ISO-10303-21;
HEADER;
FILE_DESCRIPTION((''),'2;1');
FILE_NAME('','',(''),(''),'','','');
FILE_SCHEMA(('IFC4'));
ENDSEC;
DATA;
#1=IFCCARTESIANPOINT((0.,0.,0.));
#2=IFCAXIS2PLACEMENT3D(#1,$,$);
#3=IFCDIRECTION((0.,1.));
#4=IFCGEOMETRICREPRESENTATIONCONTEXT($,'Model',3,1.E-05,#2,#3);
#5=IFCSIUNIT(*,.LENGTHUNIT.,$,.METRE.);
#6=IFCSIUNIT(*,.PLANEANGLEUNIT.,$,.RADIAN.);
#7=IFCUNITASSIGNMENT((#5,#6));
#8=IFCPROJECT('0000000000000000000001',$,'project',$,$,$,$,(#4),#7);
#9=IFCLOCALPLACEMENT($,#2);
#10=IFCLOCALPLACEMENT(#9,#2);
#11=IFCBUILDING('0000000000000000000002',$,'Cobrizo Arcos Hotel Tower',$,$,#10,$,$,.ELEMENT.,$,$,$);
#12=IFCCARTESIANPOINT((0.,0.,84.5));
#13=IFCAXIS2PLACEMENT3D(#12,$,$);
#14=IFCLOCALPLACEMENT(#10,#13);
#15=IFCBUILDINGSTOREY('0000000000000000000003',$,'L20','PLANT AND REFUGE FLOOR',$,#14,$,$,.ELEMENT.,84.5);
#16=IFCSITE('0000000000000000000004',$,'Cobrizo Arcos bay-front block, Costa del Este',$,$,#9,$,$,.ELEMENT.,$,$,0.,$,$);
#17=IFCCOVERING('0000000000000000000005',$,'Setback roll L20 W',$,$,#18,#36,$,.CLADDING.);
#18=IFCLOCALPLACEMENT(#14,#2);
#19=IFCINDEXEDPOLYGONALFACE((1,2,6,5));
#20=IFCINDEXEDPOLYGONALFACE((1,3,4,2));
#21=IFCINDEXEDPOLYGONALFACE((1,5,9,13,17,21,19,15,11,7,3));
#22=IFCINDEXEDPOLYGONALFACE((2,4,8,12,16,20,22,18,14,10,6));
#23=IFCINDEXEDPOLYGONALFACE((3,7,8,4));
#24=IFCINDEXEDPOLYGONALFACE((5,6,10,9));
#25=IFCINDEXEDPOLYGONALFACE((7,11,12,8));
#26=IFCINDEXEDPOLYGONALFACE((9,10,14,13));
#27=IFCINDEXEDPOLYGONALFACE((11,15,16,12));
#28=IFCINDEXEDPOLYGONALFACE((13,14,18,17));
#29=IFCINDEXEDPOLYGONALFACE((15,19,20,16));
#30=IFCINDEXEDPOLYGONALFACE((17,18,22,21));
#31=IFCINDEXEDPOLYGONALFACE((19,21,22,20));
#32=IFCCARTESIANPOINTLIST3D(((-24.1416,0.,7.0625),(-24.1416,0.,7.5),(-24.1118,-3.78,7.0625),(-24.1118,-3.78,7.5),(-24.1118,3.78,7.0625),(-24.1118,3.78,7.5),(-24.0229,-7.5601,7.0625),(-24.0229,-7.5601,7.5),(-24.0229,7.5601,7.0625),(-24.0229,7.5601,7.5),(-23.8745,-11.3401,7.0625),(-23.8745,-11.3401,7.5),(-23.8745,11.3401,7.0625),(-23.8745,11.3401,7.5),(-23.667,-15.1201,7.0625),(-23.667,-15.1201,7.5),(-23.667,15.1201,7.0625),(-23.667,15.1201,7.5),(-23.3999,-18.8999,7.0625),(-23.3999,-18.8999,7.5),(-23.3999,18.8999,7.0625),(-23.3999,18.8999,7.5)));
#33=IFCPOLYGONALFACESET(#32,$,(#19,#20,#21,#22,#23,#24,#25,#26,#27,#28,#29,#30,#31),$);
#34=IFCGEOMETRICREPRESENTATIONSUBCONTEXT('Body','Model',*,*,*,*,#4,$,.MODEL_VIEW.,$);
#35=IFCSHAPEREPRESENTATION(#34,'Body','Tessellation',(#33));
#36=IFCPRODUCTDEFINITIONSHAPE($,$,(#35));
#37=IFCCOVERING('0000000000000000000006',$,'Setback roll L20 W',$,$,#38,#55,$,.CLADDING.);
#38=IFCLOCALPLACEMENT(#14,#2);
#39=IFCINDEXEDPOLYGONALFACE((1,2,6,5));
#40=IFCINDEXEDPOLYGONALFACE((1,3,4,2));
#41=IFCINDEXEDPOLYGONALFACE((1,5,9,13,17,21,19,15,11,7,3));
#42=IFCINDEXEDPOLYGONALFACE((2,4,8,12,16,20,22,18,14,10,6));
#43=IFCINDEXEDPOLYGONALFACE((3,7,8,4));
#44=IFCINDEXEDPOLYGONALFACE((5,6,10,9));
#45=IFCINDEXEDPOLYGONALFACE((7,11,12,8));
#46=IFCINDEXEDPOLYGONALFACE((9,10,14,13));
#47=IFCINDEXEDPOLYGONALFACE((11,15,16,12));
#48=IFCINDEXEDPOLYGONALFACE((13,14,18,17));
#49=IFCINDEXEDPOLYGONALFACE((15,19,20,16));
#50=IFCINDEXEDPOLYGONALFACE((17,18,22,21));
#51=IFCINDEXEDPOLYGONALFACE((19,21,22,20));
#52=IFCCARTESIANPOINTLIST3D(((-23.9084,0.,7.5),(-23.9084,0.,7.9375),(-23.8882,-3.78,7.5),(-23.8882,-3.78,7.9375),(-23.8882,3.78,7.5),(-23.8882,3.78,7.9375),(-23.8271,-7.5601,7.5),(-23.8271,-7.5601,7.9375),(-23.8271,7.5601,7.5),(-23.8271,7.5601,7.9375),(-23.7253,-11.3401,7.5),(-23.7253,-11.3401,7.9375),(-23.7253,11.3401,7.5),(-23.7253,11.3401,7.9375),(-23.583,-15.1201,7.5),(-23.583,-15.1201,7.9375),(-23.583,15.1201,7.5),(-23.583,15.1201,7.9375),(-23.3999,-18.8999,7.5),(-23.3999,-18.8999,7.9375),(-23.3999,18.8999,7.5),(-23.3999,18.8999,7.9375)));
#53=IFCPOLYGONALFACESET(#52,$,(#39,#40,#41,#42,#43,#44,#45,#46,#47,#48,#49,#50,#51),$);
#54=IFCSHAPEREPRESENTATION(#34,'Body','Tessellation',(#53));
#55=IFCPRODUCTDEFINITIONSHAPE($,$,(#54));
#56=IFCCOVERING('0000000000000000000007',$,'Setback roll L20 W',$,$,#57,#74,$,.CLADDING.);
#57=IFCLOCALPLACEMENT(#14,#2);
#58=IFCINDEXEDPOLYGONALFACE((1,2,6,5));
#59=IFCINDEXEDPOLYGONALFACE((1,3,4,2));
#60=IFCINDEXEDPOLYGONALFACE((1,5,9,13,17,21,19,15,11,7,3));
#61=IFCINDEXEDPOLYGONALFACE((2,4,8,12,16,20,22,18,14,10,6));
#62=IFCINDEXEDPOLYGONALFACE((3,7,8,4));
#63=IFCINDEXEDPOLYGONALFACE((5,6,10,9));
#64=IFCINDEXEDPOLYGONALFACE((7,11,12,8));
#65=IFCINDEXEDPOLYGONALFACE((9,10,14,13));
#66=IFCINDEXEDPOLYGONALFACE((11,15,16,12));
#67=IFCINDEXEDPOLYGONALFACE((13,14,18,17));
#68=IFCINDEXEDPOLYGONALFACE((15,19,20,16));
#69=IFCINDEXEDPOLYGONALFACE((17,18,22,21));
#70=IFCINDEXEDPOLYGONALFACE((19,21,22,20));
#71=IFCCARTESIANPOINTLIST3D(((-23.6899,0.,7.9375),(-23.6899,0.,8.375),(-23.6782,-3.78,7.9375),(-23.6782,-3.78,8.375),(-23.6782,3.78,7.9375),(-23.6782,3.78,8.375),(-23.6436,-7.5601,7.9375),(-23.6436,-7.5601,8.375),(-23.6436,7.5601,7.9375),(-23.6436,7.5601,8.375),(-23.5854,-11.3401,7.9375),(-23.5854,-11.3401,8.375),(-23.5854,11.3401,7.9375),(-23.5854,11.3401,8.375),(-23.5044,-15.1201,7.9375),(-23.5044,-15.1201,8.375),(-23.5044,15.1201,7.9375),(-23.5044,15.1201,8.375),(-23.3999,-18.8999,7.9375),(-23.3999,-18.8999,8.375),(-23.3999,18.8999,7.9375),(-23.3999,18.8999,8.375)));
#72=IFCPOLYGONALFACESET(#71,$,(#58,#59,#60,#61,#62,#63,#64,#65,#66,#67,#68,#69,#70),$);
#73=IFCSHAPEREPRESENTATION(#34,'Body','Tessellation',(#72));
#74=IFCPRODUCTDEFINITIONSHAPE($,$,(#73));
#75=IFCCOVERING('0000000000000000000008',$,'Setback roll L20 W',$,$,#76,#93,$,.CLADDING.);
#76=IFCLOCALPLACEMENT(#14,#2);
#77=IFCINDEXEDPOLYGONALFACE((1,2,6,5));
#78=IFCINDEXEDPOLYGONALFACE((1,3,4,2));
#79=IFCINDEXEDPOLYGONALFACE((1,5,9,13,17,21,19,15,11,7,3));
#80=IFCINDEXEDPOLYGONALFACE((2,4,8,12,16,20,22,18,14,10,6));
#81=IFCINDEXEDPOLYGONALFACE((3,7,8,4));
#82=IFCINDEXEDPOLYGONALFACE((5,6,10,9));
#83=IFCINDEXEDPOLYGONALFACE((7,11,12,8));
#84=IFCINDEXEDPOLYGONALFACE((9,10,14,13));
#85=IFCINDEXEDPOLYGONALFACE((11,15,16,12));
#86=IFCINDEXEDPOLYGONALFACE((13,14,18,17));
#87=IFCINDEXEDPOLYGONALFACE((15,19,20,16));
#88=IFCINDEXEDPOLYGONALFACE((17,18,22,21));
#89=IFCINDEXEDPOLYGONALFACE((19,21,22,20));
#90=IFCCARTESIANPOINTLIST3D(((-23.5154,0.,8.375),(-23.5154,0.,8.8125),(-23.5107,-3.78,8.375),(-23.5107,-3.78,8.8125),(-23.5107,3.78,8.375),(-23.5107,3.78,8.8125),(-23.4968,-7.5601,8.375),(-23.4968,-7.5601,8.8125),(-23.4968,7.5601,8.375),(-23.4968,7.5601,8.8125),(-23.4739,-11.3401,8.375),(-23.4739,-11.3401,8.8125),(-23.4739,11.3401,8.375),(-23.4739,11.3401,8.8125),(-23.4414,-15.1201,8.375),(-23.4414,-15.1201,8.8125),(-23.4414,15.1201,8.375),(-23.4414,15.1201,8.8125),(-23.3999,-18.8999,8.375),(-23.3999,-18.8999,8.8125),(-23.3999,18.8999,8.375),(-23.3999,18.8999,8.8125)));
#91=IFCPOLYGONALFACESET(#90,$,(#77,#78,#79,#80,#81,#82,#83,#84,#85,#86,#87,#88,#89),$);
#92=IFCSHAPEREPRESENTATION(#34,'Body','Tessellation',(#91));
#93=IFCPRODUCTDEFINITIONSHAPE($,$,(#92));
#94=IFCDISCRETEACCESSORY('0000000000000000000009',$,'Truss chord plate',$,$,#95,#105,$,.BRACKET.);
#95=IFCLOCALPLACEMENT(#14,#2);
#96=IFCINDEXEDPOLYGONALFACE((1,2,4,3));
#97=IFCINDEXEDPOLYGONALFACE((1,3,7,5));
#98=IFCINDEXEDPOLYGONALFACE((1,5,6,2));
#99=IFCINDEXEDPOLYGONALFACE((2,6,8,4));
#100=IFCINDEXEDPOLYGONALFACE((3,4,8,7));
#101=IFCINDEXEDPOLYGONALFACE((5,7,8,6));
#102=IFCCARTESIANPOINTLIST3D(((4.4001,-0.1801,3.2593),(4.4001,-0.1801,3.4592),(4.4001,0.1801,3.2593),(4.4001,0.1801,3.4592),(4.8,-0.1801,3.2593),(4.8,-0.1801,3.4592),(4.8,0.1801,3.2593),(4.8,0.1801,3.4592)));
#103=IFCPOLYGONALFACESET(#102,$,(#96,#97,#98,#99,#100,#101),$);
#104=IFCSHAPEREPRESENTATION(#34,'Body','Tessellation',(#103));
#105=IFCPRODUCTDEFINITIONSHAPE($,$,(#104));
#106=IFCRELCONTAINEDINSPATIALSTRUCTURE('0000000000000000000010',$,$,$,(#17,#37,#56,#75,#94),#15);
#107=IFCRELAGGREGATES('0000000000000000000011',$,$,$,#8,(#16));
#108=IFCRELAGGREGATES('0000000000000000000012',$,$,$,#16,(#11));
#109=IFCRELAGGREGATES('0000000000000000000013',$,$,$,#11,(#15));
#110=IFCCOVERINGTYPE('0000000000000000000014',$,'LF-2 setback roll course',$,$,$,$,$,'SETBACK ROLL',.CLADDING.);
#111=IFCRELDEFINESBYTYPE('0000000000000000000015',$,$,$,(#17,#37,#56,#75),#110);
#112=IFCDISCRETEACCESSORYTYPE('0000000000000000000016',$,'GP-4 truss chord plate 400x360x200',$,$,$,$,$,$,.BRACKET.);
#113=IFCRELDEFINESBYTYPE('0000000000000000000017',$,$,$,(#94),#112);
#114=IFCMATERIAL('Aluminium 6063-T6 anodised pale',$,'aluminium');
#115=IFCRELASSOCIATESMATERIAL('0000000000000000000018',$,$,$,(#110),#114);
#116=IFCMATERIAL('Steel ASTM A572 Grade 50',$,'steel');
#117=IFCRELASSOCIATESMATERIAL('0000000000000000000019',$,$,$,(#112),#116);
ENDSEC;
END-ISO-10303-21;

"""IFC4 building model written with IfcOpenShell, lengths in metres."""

from ifc_helpers import new_model, si_unit, direction, frame, origin, origin_2d, place, context, subcontext, project, spatial, polyline, rectangle, outline, extrude, material, type_object, element, save


model = new_model("IFC4")

# Units and contexts
model_context = context("Model", 3, precision=1e-05, world=origin(), true_north=direction((0.0, 1.0)))
body_context = subcontext(model_context, "Body", "Model", "MODEL_VIEW")
ifc_project = project(units=[si_unit("LENGTHUNIT", "METRE"), si_unit("PLANEANGLEUNIT", "RADIAN")], contexts=[model_context])

# Site, building, storey
site_placement = place(None, origin())
site = spatial("IfcSite", under=ifc_project, at=site_placement, Name="Cobrizo Arcos bay-front block, Costa del Este", CompositionType="ELEMENT", RefElevation=0.0)
building_placement = place(site_placement, origin())
building = spatial("IfcBuilding", under=site, at=building_placement, Name="Cobrizo Arcos Hotel Tower", CompositionType="ELEMENT")
storey_placement = place(building_placement, frame((0.0, 0.0, 84.5)))
storey = spatial("IfcBuildingStorey", under=building, at=storey_placement, Name="L20", Description="PLANT AND REFUGE FLOOR", CompositionType="ELEMENT", Elevation=84.5)

# Coverings
ifc_material_1 = material(Name="Aluminium 6063-T6 anodised pale", Category="aluminium")
covering_type = type_object("IfcCoveringType", Name="LF-2 setback roll course", ElementType="SETBACK ROLL", PredefinedType="CLADDING", material=ifc_material_1)
covering_1_placement = place(storey_placement, frame((0.0, 0.0, 7.0625)))
element("IfcCovering", 1, at=covering_1_placement, inside=storey, type_object=covering_type, Name="Setback roll L20 W", PredefinedType="CLADDING", context=body_context, shape_type="SweptSolid", body=[
    extrude(outline(polyline([(-23.3999, 18.8999), (-23.667, 15.1201), (-23.8745, 11.3401), (-24.0229, 7.5601), (-24.1118, 3.78), (-24.1416, 0.0), (-24.1118, -3.78), (-24.0229, -7.5601), (-23.8745, -11.3401), (-23.667, -15.1201), (-23.3999, -18.8999), (-23.3999, -18.8999), (-23.3999, 18.8999)])), origin(), (0.0, 0.0, 1.0), 0.4375),
])
covering_2_placement = place(storey_placement, frame((0.0, 0.0, 7.5)))
element("IfcCovering", 2, at=covering_2_placement, inside=storey, type_object=covering_type, Name="Setback roll L20 W", PredefinedType="CLADDING", context=body_context, shape_type="SweptSolid", body=[
    extrude(outline(polyline([(-23.3999, 18.8999), (-23.583, 15.1201), (-23.7253, 11.3401), (-23.8271, 7.5601), (-23.8882, 3.78), (-23.9084, 0.0), (-23.8882, -3.78), (-23.8271, -7.5601), (-23.7253, -11.3401), (-23.583, -15.1201), (-23.3999, -18.8999), (-23.3999, -18.8999), (-23.3999, 18.8999)])), origin(), (0.0, 0.0, 1.0), 0.4375),
])
covering_3_placement = place(storey_placement, frame((0.0, 0.0, 7.9375)))
element("IfcCovering", 3, at=covering_3_placement, inside=storey, type_object=covering_type, Name="Setback roll L20 W", PredefinedType="CLADDING", context=body_context, shape_type="SweptSolid", body=[
    extrude(outline(polyline([(-23.3999, 18.8999), (-23.5044, 15.1201), (-23.5854, 11.3401), (-23.6436, 7.5601), (-23.6782, 3.78), (-23.6899, 0.0), (-23.6782, -3.78), (-23.6436, -7.5601), (-23.5854, -11.3401), (-23.5044, -15.1201), (-23.3999, -18.8999), (-23.3999, -18.8999), (-23.3999, 18.8999)])), origin(), (0.0, 0.0, 1.0), 0.4375),
])
covering_4_placement = place(storey_placement, frame((0.0, 0.0, 8.375)))
element("IfcCovering", 4, at=covering_4_placement, inside=storey, type_object=covering_type, Name="Setback roll L20 W", PredefinedType="CLADDING", context=body_context, shape_type="SweptSolid", body=[
    extrude(outline(polyline([(-23.3999, 18.8999), (-23.4414, 15.1201), (-23.4739, 11.3401), (-23.4968, 7.5601), (-23.5107, 3.78), (-23.5154, 0.0), (-23.5107, -3.78), (-23.4968, -7.5601), (-23.4739, -11.3401), (-23.4414, -15.1201), (-23.3999, -18.8999), (-23.3999, -18.8999), (-23.3999, 18.8999)])), origin(), (0.0, 0.0, 1.0), 0.4375),
])

# Discrete accessory
ifc_material_2 = material(Name="Steel ASTM A572 Grade 50", Category="steel")
discrete_accessory_type = type_object("IfcDiscreteAccessoryType", Name="GP-4 truss chord plate 400x360x200", PredefinedType="BRACKET", material=ifc_material_2)
discrete_accessory_placement = place(storey_placement, frame((4.6001, 0.0, 3.2593), z_axis=(0.0, 0.0, 1.0), x_axis=(1.0, 0.0, 0.0)))
element("IfcDiscreteAccessory", 5, at=discrete_accessory_placement, inside=storey, type_object=discrete_accessory_type, Name="Truss chord plate", PredefinedType="BRACKET", context=body_context, shape_type="SweptSolid", body=[
    extrude(rectangle(XDim=0.3999, YDim=0.3601, at=origin_2d()), origin(), (0.0, 0.0, 1.0), 0.2),
])

save(model, "model.ifc")
